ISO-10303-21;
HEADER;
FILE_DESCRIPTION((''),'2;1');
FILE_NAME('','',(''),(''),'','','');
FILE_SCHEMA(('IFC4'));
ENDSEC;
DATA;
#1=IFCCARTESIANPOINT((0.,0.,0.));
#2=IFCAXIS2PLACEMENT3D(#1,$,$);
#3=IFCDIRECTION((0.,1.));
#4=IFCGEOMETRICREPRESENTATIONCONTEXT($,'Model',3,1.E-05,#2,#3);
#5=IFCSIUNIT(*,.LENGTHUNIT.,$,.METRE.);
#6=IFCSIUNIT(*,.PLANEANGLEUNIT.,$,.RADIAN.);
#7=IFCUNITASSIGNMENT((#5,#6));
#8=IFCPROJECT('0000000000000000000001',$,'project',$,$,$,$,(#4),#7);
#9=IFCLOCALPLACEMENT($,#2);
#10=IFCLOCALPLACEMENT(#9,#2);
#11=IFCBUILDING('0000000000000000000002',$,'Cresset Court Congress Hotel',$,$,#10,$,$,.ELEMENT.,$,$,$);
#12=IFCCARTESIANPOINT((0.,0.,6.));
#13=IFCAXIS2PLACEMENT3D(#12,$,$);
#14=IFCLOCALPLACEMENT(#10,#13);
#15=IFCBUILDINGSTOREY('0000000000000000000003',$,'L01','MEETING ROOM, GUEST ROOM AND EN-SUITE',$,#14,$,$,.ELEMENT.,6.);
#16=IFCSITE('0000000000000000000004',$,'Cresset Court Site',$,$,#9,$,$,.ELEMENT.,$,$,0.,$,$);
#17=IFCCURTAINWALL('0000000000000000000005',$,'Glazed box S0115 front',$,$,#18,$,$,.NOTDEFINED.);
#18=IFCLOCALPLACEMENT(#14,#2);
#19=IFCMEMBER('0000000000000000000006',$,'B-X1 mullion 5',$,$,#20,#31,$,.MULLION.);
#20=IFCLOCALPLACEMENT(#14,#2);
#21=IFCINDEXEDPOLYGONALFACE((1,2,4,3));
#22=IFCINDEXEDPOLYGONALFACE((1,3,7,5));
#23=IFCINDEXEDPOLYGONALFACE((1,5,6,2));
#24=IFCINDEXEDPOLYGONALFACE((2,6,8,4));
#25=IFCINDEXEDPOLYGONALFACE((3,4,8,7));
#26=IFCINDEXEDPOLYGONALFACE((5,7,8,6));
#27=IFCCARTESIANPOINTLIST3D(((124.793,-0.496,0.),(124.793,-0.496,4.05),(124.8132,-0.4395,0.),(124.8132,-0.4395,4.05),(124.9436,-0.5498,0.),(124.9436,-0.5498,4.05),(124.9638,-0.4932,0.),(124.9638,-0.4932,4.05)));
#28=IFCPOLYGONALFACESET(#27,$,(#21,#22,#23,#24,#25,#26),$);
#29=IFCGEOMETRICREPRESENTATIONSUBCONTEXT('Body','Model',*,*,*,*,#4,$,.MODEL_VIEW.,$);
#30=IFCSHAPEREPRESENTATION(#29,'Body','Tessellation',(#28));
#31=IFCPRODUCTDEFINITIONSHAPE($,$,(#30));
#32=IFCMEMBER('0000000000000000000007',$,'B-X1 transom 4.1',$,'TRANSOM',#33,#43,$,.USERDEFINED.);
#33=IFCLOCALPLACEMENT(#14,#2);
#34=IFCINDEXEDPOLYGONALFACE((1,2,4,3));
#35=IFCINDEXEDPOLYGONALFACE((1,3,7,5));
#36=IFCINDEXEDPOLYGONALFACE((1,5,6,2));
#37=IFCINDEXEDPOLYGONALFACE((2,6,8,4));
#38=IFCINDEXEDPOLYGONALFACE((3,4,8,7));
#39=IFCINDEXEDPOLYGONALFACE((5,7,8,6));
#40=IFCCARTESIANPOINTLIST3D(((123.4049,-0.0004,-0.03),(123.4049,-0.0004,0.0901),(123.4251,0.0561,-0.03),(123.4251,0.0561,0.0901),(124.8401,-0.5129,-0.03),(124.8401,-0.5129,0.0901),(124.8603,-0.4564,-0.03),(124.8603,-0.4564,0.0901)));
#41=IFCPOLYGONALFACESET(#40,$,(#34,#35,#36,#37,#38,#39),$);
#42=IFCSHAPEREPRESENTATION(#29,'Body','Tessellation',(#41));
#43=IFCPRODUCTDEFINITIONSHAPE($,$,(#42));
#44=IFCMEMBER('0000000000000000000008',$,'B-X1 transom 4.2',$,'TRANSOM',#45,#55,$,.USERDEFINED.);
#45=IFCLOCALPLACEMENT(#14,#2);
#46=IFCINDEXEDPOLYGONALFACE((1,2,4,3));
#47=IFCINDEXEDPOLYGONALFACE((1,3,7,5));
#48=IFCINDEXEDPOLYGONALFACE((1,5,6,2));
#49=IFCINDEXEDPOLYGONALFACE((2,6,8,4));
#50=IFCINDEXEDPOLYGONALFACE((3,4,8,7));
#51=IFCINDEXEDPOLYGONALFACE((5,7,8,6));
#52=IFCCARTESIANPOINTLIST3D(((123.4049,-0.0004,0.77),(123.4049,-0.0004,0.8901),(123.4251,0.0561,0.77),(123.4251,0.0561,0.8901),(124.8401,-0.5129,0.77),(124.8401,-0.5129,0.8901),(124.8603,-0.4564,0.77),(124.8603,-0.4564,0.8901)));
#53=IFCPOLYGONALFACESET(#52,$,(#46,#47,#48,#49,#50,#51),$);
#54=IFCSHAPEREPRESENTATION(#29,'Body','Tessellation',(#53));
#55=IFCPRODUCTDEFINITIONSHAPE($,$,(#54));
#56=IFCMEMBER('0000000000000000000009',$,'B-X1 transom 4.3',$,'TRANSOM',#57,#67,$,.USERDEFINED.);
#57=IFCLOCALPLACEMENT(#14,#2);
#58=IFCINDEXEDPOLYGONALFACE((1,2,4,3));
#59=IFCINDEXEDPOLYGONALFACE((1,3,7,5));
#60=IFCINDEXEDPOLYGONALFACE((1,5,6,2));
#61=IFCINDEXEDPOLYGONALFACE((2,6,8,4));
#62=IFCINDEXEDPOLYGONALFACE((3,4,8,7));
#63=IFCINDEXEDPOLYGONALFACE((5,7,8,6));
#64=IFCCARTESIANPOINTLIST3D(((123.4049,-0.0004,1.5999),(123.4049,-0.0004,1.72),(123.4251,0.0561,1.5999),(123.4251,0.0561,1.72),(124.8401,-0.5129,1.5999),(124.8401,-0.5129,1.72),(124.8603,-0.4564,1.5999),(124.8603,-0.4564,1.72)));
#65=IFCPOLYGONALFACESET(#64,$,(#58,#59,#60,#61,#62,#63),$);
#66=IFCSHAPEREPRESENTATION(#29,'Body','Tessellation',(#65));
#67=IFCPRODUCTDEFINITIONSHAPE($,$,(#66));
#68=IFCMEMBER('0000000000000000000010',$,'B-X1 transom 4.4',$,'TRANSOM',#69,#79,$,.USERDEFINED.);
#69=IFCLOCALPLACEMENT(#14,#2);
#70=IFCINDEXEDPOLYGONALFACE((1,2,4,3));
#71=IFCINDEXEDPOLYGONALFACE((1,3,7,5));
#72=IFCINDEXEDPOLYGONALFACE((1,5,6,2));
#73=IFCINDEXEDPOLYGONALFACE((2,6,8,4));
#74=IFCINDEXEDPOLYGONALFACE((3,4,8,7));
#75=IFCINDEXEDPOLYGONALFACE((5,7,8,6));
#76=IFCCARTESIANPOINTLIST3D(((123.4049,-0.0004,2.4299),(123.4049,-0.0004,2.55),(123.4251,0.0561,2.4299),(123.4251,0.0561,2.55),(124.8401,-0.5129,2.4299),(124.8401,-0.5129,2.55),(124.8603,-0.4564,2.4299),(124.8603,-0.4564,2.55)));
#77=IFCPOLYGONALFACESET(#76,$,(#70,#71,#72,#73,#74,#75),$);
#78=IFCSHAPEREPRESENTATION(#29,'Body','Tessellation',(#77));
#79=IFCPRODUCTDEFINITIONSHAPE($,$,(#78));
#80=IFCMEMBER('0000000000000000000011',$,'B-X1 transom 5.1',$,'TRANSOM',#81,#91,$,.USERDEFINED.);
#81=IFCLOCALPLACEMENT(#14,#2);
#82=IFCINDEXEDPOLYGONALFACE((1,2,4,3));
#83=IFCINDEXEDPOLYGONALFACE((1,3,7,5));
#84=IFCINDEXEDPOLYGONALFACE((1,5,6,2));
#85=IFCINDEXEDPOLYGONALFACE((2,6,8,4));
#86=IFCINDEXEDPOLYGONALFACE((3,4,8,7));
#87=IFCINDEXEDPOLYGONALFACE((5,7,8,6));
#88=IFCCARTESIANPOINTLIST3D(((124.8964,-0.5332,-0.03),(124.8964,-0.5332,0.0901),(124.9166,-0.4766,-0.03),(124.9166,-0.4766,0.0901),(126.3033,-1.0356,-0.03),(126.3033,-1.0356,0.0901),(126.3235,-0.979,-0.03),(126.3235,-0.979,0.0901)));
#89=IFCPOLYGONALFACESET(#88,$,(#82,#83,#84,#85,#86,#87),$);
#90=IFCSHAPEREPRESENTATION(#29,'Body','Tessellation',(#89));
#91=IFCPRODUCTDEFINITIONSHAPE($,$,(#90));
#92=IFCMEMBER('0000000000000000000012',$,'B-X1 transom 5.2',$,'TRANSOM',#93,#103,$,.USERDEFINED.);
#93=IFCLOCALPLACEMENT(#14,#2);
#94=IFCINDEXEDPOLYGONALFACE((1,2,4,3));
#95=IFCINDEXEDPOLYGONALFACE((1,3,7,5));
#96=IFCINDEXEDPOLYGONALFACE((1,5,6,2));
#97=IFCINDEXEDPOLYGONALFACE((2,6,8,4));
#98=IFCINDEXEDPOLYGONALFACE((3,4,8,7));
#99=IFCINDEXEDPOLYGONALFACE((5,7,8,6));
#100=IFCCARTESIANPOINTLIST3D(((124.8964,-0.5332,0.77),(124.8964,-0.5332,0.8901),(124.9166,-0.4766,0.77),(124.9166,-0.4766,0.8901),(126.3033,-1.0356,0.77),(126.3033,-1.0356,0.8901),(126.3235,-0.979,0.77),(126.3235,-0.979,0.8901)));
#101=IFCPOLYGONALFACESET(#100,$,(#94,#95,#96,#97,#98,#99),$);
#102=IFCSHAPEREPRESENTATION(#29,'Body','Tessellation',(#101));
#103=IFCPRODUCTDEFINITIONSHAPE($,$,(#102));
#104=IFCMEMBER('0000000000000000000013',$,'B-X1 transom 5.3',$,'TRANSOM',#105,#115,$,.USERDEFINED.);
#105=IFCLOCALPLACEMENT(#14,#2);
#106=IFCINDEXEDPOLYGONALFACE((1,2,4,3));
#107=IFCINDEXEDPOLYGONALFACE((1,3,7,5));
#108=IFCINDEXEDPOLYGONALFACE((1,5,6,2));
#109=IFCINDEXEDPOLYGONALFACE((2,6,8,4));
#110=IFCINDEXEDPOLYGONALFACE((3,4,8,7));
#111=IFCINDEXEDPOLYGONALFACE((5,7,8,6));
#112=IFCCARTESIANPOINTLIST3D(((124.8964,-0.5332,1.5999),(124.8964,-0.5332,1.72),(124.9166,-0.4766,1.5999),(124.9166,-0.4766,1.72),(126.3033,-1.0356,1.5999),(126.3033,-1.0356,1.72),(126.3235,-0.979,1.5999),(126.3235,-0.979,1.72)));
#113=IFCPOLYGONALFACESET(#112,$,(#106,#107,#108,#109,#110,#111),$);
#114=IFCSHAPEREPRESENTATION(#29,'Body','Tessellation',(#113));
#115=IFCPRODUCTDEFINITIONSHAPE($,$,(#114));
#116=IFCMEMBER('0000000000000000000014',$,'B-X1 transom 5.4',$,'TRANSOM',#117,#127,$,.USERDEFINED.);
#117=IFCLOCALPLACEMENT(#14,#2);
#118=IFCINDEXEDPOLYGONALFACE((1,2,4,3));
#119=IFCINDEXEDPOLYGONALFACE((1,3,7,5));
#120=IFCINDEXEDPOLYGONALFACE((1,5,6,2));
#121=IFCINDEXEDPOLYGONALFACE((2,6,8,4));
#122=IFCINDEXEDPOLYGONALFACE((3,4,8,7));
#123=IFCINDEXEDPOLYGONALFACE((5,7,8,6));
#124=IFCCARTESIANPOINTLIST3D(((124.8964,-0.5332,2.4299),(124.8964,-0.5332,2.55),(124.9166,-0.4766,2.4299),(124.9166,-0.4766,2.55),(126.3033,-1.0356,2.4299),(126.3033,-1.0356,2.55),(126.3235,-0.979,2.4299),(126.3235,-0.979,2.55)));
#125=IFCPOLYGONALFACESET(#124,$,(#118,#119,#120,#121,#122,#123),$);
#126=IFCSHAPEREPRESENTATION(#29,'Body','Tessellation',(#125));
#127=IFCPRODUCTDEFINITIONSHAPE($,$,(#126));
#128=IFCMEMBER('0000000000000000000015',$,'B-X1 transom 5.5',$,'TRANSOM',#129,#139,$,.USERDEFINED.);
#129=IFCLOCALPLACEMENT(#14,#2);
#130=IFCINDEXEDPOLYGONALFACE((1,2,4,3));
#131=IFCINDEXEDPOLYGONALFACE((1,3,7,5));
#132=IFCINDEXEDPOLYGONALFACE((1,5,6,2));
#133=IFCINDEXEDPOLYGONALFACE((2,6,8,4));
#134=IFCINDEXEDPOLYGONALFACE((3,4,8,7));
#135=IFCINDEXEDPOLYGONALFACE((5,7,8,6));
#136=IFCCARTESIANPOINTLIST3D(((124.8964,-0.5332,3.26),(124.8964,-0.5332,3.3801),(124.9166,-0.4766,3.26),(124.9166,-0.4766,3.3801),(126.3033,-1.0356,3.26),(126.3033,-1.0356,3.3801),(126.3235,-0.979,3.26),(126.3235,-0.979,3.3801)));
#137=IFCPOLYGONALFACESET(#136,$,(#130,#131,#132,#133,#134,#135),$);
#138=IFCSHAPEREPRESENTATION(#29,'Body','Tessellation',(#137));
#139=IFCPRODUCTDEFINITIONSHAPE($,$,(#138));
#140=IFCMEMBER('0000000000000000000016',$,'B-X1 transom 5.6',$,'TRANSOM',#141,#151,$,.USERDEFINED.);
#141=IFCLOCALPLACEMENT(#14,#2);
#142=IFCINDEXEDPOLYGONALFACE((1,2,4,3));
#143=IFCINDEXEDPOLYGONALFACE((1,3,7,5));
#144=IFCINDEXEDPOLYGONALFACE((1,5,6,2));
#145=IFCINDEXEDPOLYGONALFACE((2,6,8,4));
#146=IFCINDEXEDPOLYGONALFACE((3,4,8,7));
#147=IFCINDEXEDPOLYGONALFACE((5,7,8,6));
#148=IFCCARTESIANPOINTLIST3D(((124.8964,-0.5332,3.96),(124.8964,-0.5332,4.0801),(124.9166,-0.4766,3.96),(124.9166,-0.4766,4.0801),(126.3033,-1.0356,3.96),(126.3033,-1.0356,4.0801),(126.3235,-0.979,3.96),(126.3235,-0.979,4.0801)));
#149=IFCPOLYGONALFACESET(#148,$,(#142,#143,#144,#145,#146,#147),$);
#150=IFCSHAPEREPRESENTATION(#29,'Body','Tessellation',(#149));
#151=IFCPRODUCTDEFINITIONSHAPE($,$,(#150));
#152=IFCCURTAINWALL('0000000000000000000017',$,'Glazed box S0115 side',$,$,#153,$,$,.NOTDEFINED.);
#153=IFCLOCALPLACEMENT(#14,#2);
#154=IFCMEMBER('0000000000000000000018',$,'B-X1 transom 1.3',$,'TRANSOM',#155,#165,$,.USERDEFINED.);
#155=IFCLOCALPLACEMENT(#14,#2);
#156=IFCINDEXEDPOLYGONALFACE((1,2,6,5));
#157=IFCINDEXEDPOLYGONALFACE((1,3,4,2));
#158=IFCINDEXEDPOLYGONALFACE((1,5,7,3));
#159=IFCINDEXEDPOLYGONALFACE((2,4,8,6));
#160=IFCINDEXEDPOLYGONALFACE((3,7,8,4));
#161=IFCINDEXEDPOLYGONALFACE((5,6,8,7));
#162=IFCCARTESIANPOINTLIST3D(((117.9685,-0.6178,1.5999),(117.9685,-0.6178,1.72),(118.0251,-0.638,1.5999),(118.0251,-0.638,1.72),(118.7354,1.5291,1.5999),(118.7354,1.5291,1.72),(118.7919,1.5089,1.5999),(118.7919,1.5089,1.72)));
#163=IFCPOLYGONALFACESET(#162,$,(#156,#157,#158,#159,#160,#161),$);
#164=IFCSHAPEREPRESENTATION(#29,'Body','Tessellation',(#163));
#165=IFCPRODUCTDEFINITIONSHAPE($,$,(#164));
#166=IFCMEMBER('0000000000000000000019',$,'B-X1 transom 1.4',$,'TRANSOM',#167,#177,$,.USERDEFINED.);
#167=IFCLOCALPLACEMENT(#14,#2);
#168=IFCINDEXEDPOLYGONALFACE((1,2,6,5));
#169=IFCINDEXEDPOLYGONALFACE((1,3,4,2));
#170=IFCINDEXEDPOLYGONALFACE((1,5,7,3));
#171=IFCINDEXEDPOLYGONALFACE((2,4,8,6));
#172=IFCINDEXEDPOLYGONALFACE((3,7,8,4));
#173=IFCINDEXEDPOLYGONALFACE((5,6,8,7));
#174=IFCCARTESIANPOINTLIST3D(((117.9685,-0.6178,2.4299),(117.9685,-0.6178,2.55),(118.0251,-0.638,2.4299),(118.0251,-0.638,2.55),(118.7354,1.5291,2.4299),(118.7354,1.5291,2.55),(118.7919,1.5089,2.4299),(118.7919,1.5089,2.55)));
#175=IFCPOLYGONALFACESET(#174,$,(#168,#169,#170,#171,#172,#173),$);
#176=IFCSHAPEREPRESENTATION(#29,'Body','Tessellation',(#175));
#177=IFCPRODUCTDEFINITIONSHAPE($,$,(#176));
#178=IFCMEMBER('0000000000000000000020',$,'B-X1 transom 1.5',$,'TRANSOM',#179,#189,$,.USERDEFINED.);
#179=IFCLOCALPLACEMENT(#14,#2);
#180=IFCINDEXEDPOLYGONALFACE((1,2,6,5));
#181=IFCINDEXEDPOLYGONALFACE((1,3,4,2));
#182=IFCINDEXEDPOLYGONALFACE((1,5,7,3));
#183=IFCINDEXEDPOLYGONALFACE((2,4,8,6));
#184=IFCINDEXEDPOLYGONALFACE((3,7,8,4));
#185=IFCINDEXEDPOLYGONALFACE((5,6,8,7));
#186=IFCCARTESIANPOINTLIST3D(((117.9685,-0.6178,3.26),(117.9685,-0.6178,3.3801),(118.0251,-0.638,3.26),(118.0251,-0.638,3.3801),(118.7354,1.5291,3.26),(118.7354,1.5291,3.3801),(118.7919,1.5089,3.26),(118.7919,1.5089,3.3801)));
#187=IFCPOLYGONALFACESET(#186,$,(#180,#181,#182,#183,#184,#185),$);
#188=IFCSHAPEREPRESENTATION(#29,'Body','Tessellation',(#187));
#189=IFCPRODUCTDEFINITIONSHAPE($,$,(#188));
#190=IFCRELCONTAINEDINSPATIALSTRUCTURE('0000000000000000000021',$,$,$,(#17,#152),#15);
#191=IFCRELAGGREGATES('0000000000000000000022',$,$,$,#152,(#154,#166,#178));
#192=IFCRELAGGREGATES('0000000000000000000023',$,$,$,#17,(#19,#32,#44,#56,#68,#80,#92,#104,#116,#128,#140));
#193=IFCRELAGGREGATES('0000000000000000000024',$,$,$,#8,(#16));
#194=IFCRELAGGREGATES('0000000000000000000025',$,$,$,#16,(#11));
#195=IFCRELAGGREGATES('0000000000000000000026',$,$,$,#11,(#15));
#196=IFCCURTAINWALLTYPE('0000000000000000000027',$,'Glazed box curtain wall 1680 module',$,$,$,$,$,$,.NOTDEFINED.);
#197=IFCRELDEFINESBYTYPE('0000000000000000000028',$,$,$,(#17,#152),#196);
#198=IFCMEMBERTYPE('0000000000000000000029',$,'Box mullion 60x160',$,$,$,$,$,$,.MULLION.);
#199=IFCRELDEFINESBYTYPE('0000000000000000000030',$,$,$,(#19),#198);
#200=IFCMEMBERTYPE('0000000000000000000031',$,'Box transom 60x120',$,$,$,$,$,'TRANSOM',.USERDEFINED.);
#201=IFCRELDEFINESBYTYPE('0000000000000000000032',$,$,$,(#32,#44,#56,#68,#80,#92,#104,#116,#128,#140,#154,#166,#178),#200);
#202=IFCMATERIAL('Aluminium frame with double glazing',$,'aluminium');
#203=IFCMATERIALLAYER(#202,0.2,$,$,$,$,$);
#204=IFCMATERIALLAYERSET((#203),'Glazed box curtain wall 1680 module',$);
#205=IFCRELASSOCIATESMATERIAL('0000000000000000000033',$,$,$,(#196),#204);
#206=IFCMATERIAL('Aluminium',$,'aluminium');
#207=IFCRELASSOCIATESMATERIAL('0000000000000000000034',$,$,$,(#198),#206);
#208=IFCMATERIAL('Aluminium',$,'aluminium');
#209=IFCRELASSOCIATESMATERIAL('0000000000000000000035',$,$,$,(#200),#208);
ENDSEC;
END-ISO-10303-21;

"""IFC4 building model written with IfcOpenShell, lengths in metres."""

from ifc_helpers import new_model, si_unit, direction, frame, origin, origin_2d, place, context, subcontext, project, spatial, rectangle, extrude, material, layer, layer_set, material_profile, profile_set, type_object, element, aggregate, save


model = new_model("IFC4")

# Units and contexts
model_context = context("Model", 3, precision=1e-05, world=origin(), true_north=direction((0.0, 1.0)))
body_context = subcontext(model_context, "Body", "Model", "MODEL_VIEW")
ifc_project = project(units=[si_unit("LENGTHUNIT", "METRE"), si_unit("PLANEANGLEUNIT", "RADIAN")], contexts=[model_context])

# Site, building, storey
site_placement = place(None, origin())
site = spatial("IfcSite", under=ifc_project, at=site_placement, Name="Cresset Court Site", CompositionType="ELEMENT", RefElevation=0.0)
building_placement = place(site_placement, origin())
building = spatial("IfcBuilding", under=site, at=building_placement, Name="Cresset Court Congress Hotel", CompositionType="ELEMENT")
storey_placement = place(building_placement, frame((0.0, 0.0, 6.0)))
storey = spatial("IfcBuildingStorey", under=building, at=storey_placement, Name="L01", Description="MEETING ROOM, GUEST ROOM AND EN-SUITE", CompositionType="ELEMENT", Elevation=6.0)

# Curtain walls, members
ifc_material_1 = material(Name="Aluminium frame with double glazing", Category="aluminium")
ifc_layer_1 = layer(ifc_material_1, 0.2)
ifc_layer_set_1 = layer_set([ifc_layer_1], Name="Glazed box curtain wall 1680 module")
curtain_wall_type = type_object("IfcCurtainWallType", Name="Glazed box curtain wall 1680 module", PredefinedType="NOTDEFINED", material=ifc_layer_set_1)
curtain_wall_1_placement = place(storey_placement, origin())
curtain_wall_1 = element("IfcCurtainWall", 1, at=curtain_wall_1_placement, inside=storey, type_object=curtain_wall_type, Name="Glazed box S0115 front", PredefinedType="NOTDEFINED")
ifc_material_2 = material(Name="Aluminium", Category="aluminium")
ifc_material_profile_1 = material_profile(ifc_material_2, rectangle(XDim=0.0601, YDim=0.1599, at=origin_2d()), Name="Box mullion 60x160")
ifc_profile_set_1 = profile_set([ifc_material_profile_1], Name="Aluminium")
member_type_1 = type_object("IfcMemberType", Name="Box mullion 60x160", PredefinedType="MULLION", material=ifc_profile_set_1)
member_1_placement = place(storey_placement, frame((124.8784, -0.4946, 0.0), z_axis=(0.0, 0.0, 1.0), x_axis=(0.336336, 0.941742, 0.0)))
member_1 = element("IfcMember", 2, at=member_1_placement, type_object=member_type_1, Name="B-X1 mullion 5", PredefinedType="MULLION", context=body_context, shape_type="SweptSolid", body=[
    extrude(rectangle(XDim=0.0601, YDim=0.1599, at=origin_2d()), origin(), (0.0, 0.0, 1.0), 4.05),
])
ifc_material_3 = material(Name="Aluminium", Category="aluminium")
ifc_material_profile_2 = material_profile(ifc_material_3, rectangle(XDim=0.0601, YDim=0.1201, at=origin_2d()), Name="Box transom 60x120")
ifc_profile_set_2 = profile_set([ifc_material_profile_2], Name="Aluminium")
member_type_2 = type_object("IfcMemberType", Name="Box transom 60x120", ElementType="TRANSOM", PredefinedType="USERDEFINED", material=ifc_profile_set_2)
member_2_placement = place(storey_placement, frame((123.415, 0.0278, 0.03), z_axis=(0.941756, -0.336296, 0.0), x_axis=(0.336296, 0.941756, 0.0)))
member_2 = element("IfcMember", 3, at=member_2_placement, type_object=member_type_2, Name="B-X1 transom 4.1", ObjectType="TRANSOM", PredefinedType="USERDEFINED", context=body_context, shape_type="SweptSolid", body=[
    extrude(rectangle(XDim=0.0601, YDim=0.1201, at=origin_2d()), origin(), (0.0, 0.0, 1.0), 1.5239),
])
member_3_placement = place(storey_placement, frame((123.415, 0.0278, 0.8301), z_axis=(0.941756, -0.336296, 0.0), x_axis=(0.336296, 0.941756, 0.0)))
member_3 = element("IfcMember", 4, at=member_3_placement, type_object=member_type_2, Name="B-X1 transom 4.2", ObjectType="TRANSOM", PredefinedType="USERDEFINED", context=body_context, shape_type="SweptSolid", body=[
    extrude(rectangle(XDim=0.0601, YDim=0.1201, at=origin_2d()), origin(), (0.0, 0.0, 1.0), 1.5239),
])
member_4_placement = place(storey_placement, frame((123.415, 0.0278, 1.6599), z_axis=(0.941756, -0.336296, 0.0), x_axis=(0.336296, 0.941756, 0.0)))
member_4 = element("IfcMember", 5, at=member_4_placement, type_object=member_type_2, Name="B-X1 transom 4.3", ObjectType="TRANSOM", PredefinedType="USERDEFINED", context=body_context, shape_type="SweptSolid", body=[
    extrude(rectangle(XDim=0.0601, YDim=0.1201, at=origin_2d()), origin(), (0.0, 0.0, 1.0), 1.5239),
])
member_5_placement = place(storey_placement, frame((123.415, 0.0278, 2.49), z_axis=(0.941756, -0.336296, 0.0), x_axis=(0.336296, 0.941756, 0.0)))
member_5 = element("IfcMember", 6, at=member_5_placement, type_object=member_type_2, Name="B-X1 transom 4.4", ObjectType="TRANSOM", PredefinedType="USERDEFINED", context=body_context, shape_type="SweptSolid", body=[
    extrude(rectangle(XDim=0.0601, YDim=0.1201, at=origin_2d()), origin(), (0.0, 0.0, 1.0), 1.5239),
])
member_6_placement = place(storey_placement, frame((124.9065, -0.5049, 0.03), z_axis=(0.941753, -0.336305, 0.0), x_axis=(0.336305, 0.941753, 0.0)))
member_6 = element("IfcMember", 7, at=member_6_placement, type_object=member_type_2, Name="B-X1 transom 5.1", ObjectType="TRANSOM", PredefinedType="USERDEFINED", context=body_context, shape_type="SweptSolid", body=[
    extrude(rectangle(XDim=0.0601, YDim=0.1201, at=origin_2d()), origin(), (0.0, 0.0, 1.0), 1.4939),
])
member_7_placement = place(storey_placement, frame((124.9065, -0.5049, 0.8301), z_axis=(0.941753, -0.336305, 0.0), x_axis=(0.336305, 0.941753, 0.0)))
member_7 = element("IfcMember", 8, at=member_7_placement, type_object=member_type_2, Name="B-X1 transom 5.2", ObjectType="TRANSOM", PredefinedType="USERDEFINED", context=body_context, shape_type="SweptSolid", body=[
    extrude(rectangle(XDim=0.0601, YDim=0.1201, at=origin_2d()), origin(), (0.0, 0.0, 1.0), 1.4939),
])
member_8_placement = place(storey_placement, frame((124.9065, -0.5049, 1.6599), z_axis=(0.941753, -0.336305, 0.0), x_axis=(0.336305, 0.941753, 0.0)))
member_8 = element("IfcMember", 9, at=member_8_placement, type_object=member_type_2, Name="B-X1 transom 5.3", ObjectType="TRANSOM", PredefinedType="USERDEFINED", context=body_context, shape_type="SweptSolid", body=[
    extrude(rectangle(XDim=0.0601, YDim=0.1201, at=origin_2d()), origin(), (0.0, 0.0, 1.0), 1.4939),
])
member_9_placement = place(storey_placement, frame((124.9065, -0.5049, 2.49), z_axis=(0.941753, -0.336305, 0.0), x_axis=(0.336305, 0.941753, 0.0)))
member_9 = element("IfcMember", 10, at=member_9_placement, type_object=member_type_2, Name="B-X1 transom 5.4", ObjectType="TRANSOM", PredefinedType="USERDEFINED", context=body_context, shape_type="SweptSolid", body=[
    extrude(rectangle(XDim=0.0601, YDim=0.1201, at=origin_2d()), origin(), (0.0, 0.0, 1.0), 1.4939),
])
member_10_placement = place(storey_placement, frame((124.9065, -0.5049, 3.3201), z_axis=(0.941753, -0.336305, 0.0), x_axis=(0.336305, 0.941753, 0.0)))
member_10 = element("IfcMember", 11, at=member_10_placement, type_object=member_type_2, Name="B-X1 transom 5.5", ObjectType="TRANSOM", PredefinedType="USERDEFINED", context=body_context, shape_type="SweptSolid", body=[
    extrude(rectangle(XDim=0.0601, YDim=0.1201, at=origin_2d()), origin(), (0.0, 0.0, 1.0), 1.4939),
])
member_11_placement = place(storey_placement, frame((124.9065, -0.5049, 4.02), z_axis=(0.941753, -0.336305, 0.0), x_axis=(0.336305, 0.941753, 0.0)))
member_11 = element("IfcMember", 12, at=member_11_placement, type_object=member_type_2, Name="B-X1 transom 5.6", ObjectType="TRANSOM", PredefinedType="USERDEFINED", context=body_context, shape_type="SweptSolid", body=[
    extrude(rectangle(XDim=0.0601, YDim=0.1201, at=origin_2d()), origin(), (0.0, 0.0, 1.0), 1.4939),
])
curtain_wall_2_placement = place(storey_placement, origin())
curtain_wall_2 = element("IfcCurtainWall", 13, at=curtain_wall_2_placement, inside=storey, type_object=curtain_wall_type, Name="Glazed box S0115 side", PredefinedType="NOTDEFINED")
member_12_placement = place(storey_placement, frame((117.9968, -0.6279, 1.6599), z_axis=(0.336364, 0.941732, 0.0), x_axis=(-0.941732, 0.336364, 0.0)))
member_12 = element("IfcMember", 14, at=member_12_placement, type_object=member_type_2, Name="B-X1 transom 1.3", ObjectType="TRANSOM", PredefinedType="USERDEFINED", context=body_context, shape_type="SweptSolid", body=[
    extrude(rectangle(XDim=0.0601, YDim=0.1201, at=origin_2d()), origin(), (0.0, 0.0, 1.0), 2.2798),
])
member_13_placement = place(storey_placement, frame((117.9968, -0.6279, 2.49), z_axis=(0.336364, 0.941732, 0.0), x_axis=(-0.941732, 0.336364, 0.0)))
member_13 = element("IfcMember", 15, at=member_13_placement, type_object=member_type_2, Name="B-X1 transom 1.4", ObjectType="TRANSOM", PredefinedType="USERDEFINED", context=body_context, shape_type="SweptSolid", body=[
    extrude(rectangle(XDim=0.0601, YDim=0.1201, at=origin_2d()), origin(), (0.0, 0.0, 1.0), 2.2798),
])
member_14_placement = place(storey_placement, frame((117.9968, -0.6279, 3.3201), z_axis=(0.336364, 0.941732, 0.0), x_axis=(-0.941732, 0.336364, 0.0)))
member_14 = element("IfcMember", 16, at=member_14_placement, type_object=member_type_2, Name="B-X1 transom 1.5", ObjectType="TRANSOM", PredefinedType="USERDEFINED", context=body_context, shape_type="SweptSolid", body=[
    extrude(rectangle(XDim=0.0601, YDim=0.1201, at=origin_2d()), origin(), (0.0, 0.0, 1.0), 2.2798),
])
aggregate(curtain_wall_2, [member_12, member_13, member_14])

aggregate(curtain_wall_1, [member_1, member_2, member_3, member_4, member_5, member_6, member_7, member_8, member_9, member_10, member_11])

save(model, "model.ifc")
